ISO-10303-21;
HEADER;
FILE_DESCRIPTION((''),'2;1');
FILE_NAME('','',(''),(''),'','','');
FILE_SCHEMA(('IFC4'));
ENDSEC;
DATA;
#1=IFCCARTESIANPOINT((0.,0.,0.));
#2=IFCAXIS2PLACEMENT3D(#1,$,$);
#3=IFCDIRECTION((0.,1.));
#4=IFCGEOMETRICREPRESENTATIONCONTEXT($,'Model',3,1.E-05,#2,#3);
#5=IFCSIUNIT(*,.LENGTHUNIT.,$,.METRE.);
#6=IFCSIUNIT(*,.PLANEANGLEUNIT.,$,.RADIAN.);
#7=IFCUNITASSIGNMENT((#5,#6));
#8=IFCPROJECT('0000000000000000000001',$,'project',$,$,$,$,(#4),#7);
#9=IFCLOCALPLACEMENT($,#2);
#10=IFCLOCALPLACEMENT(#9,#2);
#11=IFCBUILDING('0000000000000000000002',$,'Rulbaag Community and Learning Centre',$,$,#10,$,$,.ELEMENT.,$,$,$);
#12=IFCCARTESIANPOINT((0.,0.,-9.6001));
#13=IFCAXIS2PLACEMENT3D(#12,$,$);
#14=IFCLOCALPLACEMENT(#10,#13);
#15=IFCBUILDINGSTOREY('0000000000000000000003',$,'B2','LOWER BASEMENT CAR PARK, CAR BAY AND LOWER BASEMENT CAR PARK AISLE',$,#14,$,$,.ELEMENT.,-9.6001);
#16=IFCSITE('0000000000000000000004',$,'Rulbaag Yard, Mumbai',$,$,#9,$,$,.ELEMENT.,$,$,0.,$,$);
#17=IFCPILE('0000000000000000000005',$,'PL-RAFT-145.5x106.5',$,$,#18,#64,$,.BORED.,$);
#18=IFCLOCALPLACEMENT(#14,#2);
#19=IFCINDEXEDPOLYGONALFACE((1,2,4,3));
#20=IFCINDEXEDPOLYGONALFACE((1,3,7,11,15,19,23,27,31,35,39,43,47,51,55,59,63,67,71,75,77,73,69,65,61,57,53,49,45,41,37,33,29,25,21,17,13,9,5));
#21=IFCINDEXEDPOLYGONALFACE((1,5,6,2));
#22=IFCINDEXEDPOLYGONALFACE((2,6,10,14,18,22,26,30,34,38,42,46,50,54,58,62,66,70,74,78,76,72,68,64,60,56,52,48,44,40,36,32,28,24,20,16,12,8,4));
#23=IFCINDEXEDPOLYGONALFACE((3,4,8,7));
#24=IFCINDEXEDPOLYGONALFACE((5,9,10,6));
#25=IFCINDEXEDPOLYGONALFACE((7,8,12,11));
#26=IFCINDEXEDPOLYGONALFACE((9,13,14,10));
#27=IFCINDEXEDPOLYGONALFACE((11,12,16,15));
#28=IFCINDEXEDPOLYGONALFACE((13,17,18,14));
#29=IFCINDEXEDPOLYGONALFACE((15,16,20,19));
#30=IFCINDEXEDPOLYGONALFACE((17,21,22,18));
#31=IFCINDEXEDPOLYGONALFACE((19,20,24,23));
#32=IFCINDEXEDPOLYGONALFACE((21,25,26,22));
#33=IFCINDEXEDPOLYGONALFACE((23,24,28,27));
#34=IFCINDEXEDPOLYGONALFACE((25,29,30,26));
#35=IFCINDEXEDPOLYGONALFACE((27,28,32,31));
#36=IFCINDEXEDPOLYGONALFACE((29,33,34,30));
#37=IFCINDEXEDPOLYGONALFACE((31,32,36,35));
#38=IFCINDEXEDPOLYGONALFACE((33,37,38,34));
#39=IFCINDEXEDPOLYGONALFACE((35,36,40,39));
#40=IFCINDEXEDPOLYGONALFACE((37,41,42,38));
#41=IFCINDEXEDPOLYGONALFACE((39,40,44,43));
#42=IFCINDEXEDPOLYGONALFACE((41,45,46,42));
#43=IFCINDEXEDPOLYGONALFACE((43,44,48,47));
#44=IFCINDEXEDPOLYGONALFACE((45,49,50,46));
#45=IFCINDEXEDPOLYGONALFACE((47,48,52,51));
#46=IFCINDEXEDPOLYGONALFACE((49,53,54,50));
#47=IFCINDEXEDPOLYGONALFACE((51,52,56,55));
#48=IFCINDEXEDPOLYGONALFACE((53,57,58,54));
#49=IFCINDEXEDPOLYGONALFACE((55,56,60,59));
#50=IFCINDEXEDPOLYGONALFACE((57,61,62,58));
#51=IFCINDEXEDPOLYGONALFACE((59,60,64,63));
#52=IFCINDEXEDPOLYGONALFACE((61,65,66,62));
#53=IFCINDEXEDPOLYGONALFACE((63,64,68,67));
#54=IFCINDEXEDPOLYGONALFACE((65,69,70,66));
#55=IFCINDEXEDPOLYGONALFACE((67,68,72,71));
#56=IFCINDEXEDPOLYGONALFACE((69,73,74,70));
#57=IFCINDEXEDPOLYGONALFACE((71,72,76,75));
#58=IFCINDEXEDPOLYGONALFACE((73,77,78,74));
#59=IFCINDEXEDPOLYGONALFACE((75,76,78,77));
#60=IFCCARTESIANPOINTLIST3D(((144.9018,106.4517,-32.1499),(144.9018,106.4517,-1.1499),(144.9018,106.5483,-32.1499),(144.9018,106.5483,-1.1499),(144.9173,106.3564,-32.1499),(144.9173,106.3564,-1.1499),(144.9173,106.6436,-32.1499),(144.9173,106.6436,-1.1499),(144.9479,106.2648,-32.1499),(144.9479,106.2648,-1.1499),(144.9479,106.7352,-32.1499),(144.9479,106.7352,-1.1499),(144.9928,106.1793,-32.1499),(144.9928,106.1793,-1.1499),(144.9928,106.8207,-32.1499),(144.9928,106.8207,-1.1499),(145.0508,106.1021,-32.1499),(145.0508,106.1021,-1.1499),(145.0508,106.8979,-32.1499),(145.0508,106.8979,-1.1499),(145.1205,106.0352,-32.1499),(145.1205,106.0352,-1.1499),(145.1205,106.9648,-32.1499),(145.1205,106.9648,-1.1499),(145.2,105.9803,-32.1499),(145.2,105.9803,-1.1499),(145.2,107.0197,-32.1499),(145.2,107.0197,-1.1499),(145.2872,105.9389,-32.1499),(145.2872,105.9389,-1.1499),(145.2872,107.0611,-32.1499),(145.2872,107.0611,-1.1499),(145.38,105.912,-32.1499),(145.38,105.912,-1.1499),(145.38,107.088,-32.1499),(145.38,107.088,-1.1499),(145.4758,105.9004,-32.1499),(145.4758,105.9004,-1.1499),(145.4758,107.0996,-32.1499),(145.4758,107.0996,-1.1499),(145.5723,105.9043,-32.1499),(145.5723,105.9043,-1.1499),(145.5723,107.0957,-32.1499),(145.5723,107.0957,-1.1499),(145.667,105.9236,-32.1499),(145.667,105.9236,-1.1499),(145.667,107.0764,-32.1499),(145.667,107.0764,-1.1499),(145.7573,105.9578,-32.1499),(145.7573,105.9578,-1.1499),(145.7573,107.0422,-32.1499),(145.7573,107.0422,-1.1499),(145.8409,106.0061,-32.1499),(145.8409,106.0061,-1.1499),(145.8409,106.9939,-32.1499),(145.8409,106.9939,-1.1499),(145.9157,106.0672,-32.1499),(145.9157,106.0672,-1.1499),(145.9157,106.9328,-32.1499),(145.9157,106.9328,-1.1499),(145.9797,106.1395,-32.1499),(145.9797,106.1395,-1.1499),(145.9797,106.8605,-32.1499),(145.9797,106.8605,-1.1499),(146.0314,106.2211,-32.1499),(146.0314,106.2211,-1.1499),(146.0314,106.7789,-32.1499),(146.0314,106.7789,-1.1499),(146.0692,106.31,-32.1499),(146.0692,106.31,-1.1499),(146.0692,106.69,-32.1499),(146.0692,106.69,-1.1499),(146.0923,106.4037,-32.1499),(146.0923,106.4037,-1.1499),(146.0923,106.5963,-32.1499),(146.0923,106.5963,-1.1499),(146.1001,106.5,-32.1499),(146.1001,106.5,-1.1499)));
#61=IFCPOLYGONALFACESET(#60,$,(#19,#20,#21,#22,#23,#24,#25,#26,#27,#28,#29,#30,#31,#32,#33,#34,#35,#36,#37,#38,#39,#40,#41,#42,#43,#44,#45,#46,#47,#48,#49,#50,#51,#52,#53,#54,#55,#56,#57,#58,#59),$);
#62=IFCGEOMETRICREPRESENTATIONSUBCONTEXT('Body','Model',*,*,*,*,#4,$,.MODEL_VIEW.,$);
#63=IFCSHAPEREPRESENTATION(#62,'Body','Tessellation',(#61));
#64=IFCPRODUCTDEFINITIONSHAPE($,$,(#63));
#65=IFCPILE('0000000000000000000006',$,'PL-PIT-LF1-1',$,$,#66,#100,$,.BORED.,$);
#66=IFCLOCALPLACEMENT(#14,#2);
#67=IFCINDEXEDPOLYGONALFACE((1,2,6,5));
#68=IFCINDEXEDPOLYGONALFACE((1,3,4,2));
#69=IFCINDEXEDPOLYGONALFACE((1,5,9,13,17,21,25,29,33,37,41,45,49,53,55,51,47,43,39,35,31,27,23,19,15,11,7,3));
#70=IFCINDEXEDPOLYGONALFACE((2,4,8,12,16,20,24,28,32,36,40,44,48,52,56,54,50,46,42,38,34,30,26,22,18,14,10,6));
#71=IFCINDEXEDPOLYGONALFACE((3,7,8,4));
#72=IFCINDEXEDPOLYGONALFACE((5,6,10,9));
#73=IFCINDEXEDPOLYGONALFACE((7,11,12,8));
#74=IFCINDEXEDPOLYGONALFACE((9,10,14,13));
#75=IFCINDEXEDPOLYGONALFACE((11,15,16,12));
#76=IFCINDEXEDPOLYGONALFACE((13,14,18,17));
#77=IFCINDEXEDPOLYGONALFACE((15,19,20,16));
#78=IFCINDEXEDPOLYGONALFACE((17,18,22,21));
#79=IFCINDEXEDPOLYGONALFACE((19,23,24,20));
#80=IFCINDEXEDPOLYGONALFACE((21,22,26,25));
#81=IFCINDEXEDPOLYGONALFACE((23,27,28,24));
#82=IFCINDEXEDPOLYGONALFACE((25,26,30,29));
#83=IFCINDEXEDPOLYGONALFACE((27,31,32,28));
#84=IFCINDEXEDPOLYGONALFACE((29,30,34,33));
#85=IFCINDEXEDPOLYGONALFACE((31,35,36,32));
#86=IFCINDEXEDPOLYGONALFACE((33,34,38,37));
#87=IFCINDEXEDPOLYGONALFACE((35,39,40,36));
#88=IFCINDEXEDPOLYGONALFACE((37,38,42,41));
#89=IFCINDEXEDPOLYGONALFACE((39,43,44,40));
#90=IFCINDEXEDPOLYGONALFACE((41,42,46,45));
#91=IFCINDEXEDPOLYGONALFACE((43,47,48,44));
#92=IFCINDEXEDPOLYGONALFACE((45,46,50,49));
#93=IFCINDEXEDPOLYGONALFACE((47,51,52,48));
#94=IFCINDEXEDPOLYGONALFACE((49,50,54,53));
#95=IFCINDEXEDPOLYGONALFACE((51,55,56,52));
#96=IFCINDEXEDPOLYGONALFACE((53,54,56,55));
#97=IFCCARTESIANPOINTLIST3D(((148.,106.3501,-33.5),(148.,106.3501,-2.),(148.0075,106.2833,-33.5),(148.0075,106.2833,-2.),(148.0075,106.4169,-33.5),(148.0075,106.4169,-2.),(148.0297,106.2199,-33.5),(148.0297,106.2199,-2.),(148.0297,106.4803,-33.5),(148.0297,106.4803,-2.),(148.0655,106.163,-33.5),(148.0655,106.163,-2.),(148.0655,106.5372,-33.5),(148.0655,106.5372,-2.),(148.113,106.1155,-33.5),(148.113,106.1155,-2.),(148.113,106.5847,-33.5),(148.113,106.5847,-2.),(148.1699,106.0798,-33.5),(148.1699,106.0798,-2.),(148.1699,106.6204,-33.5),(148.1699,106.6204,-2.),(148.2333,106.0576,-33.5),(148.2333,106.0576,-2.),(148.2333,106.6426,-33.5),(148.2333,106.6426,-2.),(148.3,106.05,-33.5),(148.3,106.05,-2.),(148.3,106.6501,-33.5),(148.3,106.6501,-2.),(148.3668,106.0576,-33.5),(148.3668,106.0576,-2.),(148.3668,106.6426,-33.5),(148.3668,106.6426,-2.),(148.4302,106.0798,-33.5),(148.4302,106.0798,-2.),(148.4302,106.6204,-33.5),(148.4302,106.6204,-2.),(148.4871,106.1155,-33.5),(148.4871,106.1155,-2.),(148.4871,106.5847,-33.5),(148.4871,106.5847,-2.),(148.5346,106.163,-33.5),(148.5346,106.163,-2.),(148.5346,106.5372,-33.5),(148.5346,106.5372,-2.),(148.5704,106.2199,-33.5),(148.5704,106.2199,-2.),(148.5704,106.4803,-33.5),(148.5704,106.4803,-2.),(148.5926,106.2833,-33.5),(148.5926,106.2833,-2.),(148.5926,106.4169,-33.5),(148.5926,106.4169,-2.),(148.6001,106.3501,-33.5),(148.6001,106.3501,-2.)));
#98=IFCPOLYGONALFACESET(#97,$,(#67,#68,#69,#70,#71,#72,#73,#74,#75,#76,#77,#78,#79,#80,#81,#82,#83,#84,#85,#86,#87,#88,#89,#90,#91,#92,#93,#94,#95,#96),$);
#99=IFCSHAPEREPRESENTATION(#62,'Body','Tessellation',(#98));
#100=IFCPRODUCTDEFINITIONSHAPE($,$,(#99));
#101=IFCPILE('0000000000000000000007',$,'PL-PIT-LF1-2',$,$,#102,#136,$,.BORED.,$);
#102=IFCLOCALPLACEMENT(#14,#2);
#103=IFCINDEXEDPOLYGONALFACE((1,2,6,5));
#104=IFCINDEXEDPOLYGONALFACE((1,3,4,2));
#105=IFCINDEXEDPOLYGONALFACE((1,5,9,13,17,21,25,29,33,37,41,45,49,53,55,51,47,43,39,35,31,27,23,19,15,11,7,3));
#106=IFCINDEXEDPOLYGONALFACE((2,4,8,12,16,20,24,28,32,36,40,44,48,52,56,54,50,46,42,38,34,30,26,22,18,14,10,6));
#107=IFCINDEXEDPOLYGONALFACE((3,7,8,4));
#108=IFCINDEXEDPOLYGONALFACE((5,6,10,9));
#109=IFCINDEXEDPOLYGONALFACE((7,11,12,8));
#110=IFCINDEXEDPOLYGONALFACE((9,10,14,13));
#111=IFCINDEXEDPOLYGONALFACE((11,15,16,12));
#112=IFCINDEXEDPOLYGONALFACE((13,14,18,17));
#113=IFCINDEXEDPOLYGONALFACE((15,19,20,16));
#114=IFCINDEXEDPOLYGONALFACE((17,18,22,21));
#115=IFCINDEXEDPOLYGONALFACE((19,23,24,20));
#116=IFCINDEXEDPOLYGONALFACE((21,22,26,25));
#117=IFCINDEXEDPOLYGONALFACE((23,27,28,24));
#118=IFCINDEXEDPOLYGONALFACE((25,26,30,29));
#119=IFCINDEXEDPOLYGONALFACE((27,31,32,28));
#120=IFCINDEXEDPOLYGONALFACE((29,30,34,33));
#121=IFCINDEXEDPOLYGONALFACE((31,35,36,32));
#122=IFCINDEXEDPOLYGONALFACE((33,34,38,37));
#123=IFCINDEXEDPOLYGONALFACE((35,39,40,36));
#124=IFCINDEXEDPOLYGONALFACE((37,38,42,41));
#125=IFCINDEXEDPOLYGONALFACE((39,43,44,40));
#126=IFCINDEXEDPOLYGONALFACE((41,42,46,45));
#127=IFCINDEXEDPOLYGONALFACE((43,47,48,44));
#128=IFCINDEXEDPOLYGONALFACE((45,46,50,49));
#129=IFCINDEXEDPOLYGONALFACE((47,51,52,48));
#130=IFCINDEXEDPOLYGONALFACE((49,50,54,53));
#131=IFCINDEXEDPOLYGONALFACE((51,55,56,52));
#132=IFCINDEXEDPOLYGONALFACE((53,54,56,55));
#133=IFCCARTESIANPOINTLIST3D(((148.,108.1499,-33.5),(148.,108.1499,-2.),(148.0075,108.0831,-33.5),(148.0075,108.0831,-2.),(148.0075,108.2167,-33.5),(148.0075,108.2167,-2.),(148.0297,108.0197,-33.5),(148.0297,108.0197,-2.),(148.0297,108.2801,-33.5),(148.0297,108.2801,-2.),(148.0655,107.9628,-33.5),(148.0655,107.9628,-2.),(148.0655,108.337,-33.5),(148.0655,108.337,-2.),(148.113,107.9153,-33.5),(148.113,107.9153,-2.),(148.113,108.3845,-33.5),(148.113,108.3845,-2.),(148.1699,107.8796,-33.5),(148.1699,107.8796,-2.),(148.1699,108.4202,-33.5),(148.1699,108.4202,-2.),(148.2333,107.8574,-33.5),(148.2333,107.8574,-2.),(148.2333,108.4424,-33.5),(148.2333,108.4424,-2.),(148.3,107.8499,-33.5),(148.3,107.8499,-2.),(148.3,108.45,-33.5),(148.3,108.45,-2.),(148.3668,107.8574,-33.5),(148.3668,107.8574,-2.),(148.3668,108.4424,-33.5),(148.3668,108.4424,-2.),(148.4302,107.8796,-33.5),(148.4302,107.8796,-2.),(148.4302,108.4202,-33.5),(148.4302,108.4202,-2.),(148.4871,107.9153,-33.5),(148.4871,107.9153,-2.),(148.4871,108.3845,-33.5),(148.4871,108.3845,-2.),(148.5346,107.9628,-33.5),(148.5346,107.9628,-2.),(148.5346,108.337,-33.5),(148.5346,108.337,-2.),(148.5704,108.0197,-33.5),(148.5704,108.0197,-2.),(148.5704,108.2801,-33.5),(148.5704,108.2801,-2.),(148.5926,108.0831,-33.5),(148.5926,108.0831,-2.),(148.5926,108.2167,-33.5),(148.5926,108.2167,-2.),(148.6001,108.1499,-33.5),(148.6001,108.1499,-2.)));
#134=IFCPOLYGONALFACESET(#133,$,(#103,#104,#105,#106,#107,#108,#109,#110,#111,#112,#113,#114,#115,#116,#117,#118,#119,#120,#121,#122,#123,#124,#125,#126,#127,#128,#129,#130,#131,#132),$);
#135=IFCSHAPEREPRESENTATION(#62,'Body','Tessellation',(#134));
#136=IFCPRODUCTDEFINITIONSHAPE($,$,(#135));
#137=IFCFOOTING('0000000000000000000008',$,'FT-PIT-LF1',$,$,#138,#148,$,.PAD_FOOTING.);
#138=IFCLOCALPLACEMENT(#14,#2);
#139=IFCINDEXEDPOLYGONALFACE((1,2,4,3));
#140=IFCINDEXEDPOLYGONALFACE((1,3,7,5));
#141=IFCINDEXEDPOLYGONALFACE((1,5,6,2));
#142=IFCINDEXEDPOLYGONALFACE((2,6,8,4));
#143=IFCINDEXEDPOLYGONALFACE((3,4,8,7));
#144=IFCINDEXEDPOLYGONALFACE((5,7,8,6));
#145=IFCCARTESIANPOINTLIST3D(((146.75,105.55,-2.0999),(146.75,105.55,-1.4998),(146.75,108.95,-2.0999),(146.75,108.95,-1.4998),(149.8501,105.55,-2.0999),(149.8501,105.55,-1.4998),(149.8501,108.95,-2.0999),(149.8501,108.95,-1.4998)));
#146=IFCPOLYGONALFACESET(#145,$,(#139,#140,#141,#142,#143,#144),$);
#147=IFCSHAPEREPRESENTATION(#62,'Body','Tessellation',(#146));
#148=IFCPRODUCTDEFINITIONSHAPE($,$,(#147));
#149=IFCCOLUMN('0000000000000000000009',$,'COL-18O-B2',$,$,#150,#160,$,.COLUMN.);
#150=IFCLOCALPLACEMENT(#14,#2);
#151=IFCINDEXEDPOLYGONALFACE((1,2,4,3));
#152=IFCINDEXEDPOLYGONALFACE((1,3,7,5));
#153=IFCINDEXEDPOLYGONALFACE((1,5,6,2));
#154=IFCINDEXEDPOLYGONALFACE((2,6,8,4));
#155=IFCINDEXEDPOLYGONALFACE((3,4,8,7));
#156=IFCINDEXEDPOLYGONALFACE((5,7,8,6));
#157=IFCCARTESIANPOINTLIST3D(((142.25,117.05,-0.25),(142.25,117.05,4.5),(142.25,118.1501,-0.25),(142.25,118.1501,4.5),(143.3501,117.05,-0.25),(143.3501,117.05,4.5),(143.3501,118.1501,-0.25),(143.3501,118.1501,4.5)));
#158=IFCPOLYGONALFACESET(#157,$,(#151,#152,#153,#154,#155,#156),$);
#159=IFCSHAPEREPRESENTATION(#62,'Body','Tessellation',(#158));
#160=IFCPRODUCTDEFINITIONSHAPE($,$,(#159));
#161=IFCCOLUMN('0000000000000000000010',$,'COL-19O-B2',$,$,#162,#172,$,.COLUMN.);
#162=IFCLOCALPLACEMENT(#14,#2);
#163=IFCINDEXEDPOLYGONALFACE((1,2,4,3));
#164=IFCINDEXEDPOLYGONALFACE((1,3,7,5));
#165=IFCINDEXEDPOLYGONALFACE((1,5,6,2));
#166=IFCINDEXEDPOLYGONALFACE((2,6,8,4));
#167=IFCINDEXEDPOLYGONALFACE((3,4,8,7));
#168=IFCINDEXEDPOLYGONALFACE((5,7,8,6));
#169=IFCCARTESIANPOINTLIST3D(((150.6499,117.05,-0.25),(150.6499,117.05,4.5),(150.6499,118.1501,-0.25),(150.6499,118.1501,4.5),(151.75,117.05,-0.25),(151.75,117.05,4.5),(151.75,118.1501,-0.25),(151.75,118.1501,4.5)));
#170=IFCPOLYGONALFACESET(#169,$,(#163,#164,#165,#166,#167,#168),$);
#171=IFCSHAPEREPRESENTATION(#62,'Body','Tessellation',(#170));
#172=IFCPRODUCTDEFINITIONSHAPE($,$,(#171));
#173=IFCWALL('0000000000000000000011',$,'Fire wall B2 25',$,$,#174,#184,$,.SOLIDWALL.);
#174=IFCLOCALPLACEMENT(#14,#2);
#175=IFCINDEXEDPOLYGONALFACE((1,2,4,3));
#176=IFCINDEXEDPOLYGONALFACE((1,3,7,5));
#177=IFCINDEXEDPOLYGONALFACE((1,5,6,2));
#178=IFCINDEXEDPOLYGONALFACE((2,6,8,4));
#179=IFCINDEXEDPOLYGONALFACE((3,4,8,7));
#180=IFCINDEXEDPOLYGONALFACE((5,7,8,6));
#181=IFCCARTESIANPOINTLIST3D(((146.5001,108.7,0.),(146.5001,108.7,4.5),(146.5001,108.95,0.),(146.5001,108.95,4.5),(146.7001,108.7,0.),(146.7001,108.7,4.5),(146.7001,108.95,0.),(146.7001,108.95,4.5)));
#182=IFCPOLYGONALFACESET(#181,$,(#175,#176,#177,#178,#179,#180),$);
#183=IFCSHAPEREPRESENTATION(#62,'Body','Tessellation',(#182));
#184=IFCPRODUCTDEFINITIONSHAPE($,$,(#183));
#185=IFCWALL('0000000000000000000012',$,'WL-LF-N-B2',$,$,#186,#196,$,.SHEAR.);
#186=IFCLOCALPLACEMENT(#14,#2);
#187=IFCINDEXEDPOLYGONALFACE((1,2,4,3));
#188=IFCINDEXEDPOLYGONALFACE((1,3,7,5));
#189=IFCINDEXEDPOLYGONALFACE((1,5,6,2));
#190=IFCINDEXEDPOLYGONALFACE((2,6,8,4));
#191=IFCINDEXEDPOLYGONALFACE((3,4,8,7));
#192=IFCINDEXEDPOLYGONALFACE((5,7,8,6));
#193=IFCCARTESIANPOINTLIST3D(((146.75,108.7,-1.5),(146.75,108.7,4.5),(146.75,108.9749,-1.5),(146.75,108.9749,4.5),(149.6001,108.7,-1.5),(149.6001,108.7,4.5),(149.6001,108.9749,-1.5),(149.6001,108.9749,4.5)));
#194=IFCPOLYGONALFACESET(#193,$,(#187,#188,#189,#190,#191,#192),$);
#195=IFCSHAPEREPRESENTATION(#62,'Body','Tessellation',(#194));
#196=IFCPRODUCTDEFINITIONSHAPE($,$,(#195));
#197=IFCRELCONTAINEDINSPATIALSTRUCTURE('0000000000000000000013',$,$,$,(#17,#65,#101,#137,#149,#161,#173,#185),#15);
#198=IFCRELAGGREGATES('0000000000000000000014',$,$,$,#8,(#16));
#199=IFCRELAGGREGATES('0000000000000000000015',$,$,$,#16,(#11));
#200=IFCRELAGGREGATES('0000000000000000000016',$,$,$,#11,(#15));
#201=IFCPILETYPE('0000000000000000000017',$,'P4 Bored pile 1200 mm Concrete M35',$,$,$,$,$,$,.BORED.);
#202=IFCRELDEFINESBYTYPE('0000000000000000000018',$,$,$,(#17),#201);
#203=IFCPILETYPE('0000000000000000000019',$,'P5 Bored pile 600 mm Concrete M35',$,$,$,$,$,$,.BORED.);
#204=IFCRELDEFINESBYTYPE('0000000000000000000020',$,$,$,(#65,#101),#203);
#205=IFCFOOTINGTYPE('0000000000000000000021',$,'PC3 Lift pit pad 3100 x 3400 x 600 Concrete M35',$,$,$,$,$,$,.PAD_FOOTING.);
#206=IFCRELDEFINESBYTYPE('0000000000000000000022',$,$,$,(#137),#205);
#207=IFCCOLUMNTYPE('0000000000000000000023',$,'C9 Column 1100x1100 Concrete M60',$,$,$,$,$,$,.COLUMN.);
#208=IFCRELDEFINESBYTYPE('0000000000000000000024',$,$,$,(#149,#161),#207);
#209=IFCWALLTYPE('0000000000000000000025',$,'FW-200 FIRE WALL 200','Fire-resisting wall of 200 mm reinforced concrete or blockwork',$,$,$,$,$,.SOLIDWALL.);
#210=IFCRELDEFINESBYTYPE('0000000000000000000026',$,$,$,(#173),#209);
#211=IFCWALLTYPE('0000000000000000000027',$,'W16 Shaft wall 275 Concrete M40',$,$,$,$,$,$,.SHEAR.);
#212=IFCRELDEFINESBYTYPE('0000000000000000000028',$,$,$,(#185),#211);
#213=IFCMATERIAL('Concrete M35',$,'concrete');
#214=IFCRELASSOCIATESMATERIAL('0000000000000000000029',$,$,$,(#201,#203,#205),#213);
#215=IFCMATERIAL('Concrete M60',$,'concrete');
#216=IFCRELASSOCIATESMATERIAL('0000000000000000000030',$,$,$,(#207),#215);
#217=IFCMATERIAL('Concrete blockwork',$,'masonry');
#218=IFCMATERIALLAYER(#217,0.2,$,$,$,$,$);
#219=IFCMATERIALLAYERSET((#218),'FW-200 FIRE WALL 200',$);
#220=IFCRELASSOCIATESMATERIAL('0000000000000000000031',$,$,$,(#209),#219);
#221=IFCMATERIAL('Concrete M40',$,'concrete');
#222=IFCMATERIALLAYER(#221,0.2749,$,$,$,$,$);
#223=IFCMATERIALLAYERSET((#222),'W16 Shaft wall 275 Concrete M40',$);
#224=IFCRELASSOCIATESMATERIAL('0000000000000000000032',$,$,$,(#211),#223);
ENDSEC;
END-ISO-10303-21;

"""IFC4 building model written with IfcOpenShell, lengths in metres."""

from ifc_helpers import new_model, si_unit, direction, frame, frame_2d, origin, origin_2d, place, context, subcontext, project, spatial, rectangle, circle, extrude, material, layer, layer_set, material_profile, profile_set, type_object, element, save


model = new_model("IFC4")

# Units and contexts
model_context = context("Model", 3, precision=1e-05, world=origin(), true_north=direction((0.0, 1.0)))
body_context = subcontext(model_context, "Body", "Model", "MODEL_VIEW")
ifc_project = project(units=[si_unit("LENGTHUNIT", "METRE"), si_unit("PLANEANGLEUNIT", "RADIAN")], contexts=[model_context])

# Site, building, storey
site_placement = place(None, origin())
site = spatial("IfcSite", under=ifc_project, at=site_placement, Name="Rulbaag Yard, Mumbai", CompositionType="ELEMENT", RefElevation=0.0)
building_placement = place(site_placement, origin())
building = spatial("IfcBuilding", under=site, at=building_placement, Name="Rulbaag Community and Learning Centre", CompositionType="ELEMENT")
storey_placement = place(building_placement, frame((0.0, 0.0, -9.6001)))
storey = spatial("IfcBuildingStorey", under=building, at=storey_placement, Name="B2", Description="LOWER BASEMENT CAR PARK, CAR BAY AND LOWER BASEMENT CAR PARK AISLE", CompositionType="ELEMENT", Elevation=-9.6001)

# Piles
ifc_material_1 = material(Name="Concrete M35", Category="concrete")
ifc_material_profile_1 = material_profile(ifc_material_1, circle(Radius=0.6001, at=origin_2d()), Name="BP1200")
ifc_profile_set_1 = profile_set([ifc_material_profile_1], Name="Concrete M35")
pile_type_1 = type_object("IfcPileType", Name="P4 Bored pile 1200 mm Concrete M35", PredefinedType="BORED", material=ifc_profile_set_1)
pile_1_placement = place(storey_placement, frame((145.5, 106.5, -1.1499), z_axis=(0.0, 0.0, -1.0), x_axis=(1.0, 0.0, 0.0)))
element("IfcPile", 1, at=pile_1_placement, inside=storey, type_object=pile_type_1, Name="PL-RAFT-145.5x106.5", PredefinedType="BORED", context=body_context, shape_type="SweptSolid", body=[
    extrude(circle(Radius=0.6001, at=origin_2d()), origin(), (0.0, 0.0, 1.0), 31.0),
])
ifc_material_profile_2 = material_profile(ifc_material_1, circle(Radius=0.3, at=origin_2d()), Name="BP600")
ifc_profile_set_2 = profile_set([ifc_material_profile_2], Name="Concrete M35")
pile_type_2 = type_object("IfcPileType", Name="P5 Bored pile 600 mm Concrete M35", PredefinedType="BORED", material=ifc_profile_set_2)
for number, where, z_axis, x_axis, name in (
    (2, (148.3, 106.3501, -2.0), (0.0, 0.0, -1.0), (1.0, 0.0, 0.0), "PL-PIT-LF1-1"),
    (3, (148.3, 108.1499, -2.0), (0.0, 0.0, -1.0), (1.0, 0.0, 0.0), "PL-PIT-LF1-2"),
):
    element("IfcPile", number, at=place(storey_placement, frame(where, z_axis=z_axis, x_axis=x_axis)), inside=storey, type_object=pile_type_2, Name=name, PredefinedType="BORED", context=body_context, shape_type="SweptSolid", body=[
        extrude(circle(Radius=0.3, at=origin_2d()), origin(), (0.0, 0.0, 1.0), 31.5),
    ])

# Footing
footing_type = type_object("IfcFootingType", Name="PC3 Lift pit pad 3100 x 3400 x 600 Concrete M35", PredefinedType="PAD_FOOTING", material=ifc_material_1)
footing_placement = place(storey_placement, frame((148.3, 107.25, -2.0999), z_axis=(0.0, 0.0, 1.0), x_axis=(1.0, 0.0, 0.0)))
element("IfcFooting", 4, at=footing_placement, inside=storey, type_object=footing_type, Name="FT-PIT-LF1", PredefinedType="PAD_FOOTING", context=body_context, shape_type="SweptSolid", body=[
    extrude(rectangle(XDim=3.1001, YDim=3.3999, at=origin_2d()), origin(), (0.0, 0.0, 1.0), 0.6001),
])

# Columns
ifc_material_2 = material(Name="Concrete M60", Category="concrete")
ifc_material_profile_3 = material_profile(ifc_material_2, rectangle(XDim=1.1001, YDim=1.1001, at=origin_2d()), Name="RC1100x1100")
ifc_profile_set_3 = profile_set([ifc_material_profile_3], Name="Concrete M60")
column_type = type_object("IfcColumnType", Name="C9 Column 1100x1100 Concrete M60", PredefinedType="COLUMN", material=ifc_profile_set_3)
for number, where, z_axis, x_axis, name in (
    (5, (142.8, 117.6001, -0.25), (0.0, 0.0, 1.0), (1.0, 0.0, 0.0), "COL-18O-B2"),
    (6, (151.2, 117.6001, -0.25), (0.0, 0.0, 1.0), (1.0, 0.0, 0.0), "COL-19O-B2"),
):
    element("IfcColumn", number, at=place(storey_placement, frame(where, z_axis=z_axis, x_axis=x_axis)), inside=storey, type_object=column_type, Name=name, PredefinedType="COLUMN", context=body_context, shape_type="SweptSolid", body=[
        extrude(rectangle(XDim=1.1001, YDim=1.1001, at=origin_2d()), origin(), (0.0, 0.0, 1.0), 4.75),
    ])

# Walls
ifc_material_3 = material(Name="Concrete blockwork", Category="masonry")
ifc_layer_1 = layer(ifc_material_3, 0.2)
ifc_layer_set_1 = layer_set([ifc_layer_1], Name="FW-200 FIRE WALL 200")
wall_type_1 = type_object("IfcWallType", Name="FW-200 FIRE WALL 200", Description="Fire-resisting wall of 200 mm reinforced concrete or blockwork", PredefinedType="SOLIDWALL", material=ifc_layer_set_1)
wall_1_placement = place(storey_placement, frame((146.6001, 108.7, 0.0), z_axis=(0.0, 0.0, 1.0), x_axis=(0.0, 1.0, 0.0)))
element("IfcWall", 7, at=wall_1_placement, inside=storey, type_object=wall_type_1, Name="Fire wall B2 25", PredefinedType="SOLIDWALL", context=body_context, shape_type="SweptSolid", body=[
    extrude(rectangle(XDim=0.25, YDim=0.2, at=frame_2d((0.125, 0.0))), origin(), (0.0, 0.0, 1.0), 4.5),
])
ifc_material_4 = material(Name="Concrete M40", Category="concrete")
ifc_layer_2 = layer(ifc_material_4, 0.2749)
ifc_layer_set_2 = layer_set([ifc_layer_2], Name="W16 Shaft wall 275 Concrete M40")
wall_type_2 = type_object("IfcWallType", Name="W16 Shaft wall 275 Concrete M40", PredefinedType="SHEAR", material=ifc_layer_set_2)
wall_2_placement = place(storey_placement, frame((146.75, 108.8374, -1.5), z_axis=(0.0, 0.0, 1.0), x_axis=(1.0, 0.0, 0.0)))
element("IfcWall", 8, at=wall_2_placement, inside=storey, type_object=wall_type_2, Name="WL-LF-N-B2", PredefinedType="SHEAR", context=body_context, shape_type="SweptSolid", body=[
    extrude(rectangle(XDim=2.8501, YDim=0.2749, at=frame_2d((1.425, 0.0))), origin(), (0.0, 0.0, 1.0), 6.0),
])

save(model, "model.ifc")
